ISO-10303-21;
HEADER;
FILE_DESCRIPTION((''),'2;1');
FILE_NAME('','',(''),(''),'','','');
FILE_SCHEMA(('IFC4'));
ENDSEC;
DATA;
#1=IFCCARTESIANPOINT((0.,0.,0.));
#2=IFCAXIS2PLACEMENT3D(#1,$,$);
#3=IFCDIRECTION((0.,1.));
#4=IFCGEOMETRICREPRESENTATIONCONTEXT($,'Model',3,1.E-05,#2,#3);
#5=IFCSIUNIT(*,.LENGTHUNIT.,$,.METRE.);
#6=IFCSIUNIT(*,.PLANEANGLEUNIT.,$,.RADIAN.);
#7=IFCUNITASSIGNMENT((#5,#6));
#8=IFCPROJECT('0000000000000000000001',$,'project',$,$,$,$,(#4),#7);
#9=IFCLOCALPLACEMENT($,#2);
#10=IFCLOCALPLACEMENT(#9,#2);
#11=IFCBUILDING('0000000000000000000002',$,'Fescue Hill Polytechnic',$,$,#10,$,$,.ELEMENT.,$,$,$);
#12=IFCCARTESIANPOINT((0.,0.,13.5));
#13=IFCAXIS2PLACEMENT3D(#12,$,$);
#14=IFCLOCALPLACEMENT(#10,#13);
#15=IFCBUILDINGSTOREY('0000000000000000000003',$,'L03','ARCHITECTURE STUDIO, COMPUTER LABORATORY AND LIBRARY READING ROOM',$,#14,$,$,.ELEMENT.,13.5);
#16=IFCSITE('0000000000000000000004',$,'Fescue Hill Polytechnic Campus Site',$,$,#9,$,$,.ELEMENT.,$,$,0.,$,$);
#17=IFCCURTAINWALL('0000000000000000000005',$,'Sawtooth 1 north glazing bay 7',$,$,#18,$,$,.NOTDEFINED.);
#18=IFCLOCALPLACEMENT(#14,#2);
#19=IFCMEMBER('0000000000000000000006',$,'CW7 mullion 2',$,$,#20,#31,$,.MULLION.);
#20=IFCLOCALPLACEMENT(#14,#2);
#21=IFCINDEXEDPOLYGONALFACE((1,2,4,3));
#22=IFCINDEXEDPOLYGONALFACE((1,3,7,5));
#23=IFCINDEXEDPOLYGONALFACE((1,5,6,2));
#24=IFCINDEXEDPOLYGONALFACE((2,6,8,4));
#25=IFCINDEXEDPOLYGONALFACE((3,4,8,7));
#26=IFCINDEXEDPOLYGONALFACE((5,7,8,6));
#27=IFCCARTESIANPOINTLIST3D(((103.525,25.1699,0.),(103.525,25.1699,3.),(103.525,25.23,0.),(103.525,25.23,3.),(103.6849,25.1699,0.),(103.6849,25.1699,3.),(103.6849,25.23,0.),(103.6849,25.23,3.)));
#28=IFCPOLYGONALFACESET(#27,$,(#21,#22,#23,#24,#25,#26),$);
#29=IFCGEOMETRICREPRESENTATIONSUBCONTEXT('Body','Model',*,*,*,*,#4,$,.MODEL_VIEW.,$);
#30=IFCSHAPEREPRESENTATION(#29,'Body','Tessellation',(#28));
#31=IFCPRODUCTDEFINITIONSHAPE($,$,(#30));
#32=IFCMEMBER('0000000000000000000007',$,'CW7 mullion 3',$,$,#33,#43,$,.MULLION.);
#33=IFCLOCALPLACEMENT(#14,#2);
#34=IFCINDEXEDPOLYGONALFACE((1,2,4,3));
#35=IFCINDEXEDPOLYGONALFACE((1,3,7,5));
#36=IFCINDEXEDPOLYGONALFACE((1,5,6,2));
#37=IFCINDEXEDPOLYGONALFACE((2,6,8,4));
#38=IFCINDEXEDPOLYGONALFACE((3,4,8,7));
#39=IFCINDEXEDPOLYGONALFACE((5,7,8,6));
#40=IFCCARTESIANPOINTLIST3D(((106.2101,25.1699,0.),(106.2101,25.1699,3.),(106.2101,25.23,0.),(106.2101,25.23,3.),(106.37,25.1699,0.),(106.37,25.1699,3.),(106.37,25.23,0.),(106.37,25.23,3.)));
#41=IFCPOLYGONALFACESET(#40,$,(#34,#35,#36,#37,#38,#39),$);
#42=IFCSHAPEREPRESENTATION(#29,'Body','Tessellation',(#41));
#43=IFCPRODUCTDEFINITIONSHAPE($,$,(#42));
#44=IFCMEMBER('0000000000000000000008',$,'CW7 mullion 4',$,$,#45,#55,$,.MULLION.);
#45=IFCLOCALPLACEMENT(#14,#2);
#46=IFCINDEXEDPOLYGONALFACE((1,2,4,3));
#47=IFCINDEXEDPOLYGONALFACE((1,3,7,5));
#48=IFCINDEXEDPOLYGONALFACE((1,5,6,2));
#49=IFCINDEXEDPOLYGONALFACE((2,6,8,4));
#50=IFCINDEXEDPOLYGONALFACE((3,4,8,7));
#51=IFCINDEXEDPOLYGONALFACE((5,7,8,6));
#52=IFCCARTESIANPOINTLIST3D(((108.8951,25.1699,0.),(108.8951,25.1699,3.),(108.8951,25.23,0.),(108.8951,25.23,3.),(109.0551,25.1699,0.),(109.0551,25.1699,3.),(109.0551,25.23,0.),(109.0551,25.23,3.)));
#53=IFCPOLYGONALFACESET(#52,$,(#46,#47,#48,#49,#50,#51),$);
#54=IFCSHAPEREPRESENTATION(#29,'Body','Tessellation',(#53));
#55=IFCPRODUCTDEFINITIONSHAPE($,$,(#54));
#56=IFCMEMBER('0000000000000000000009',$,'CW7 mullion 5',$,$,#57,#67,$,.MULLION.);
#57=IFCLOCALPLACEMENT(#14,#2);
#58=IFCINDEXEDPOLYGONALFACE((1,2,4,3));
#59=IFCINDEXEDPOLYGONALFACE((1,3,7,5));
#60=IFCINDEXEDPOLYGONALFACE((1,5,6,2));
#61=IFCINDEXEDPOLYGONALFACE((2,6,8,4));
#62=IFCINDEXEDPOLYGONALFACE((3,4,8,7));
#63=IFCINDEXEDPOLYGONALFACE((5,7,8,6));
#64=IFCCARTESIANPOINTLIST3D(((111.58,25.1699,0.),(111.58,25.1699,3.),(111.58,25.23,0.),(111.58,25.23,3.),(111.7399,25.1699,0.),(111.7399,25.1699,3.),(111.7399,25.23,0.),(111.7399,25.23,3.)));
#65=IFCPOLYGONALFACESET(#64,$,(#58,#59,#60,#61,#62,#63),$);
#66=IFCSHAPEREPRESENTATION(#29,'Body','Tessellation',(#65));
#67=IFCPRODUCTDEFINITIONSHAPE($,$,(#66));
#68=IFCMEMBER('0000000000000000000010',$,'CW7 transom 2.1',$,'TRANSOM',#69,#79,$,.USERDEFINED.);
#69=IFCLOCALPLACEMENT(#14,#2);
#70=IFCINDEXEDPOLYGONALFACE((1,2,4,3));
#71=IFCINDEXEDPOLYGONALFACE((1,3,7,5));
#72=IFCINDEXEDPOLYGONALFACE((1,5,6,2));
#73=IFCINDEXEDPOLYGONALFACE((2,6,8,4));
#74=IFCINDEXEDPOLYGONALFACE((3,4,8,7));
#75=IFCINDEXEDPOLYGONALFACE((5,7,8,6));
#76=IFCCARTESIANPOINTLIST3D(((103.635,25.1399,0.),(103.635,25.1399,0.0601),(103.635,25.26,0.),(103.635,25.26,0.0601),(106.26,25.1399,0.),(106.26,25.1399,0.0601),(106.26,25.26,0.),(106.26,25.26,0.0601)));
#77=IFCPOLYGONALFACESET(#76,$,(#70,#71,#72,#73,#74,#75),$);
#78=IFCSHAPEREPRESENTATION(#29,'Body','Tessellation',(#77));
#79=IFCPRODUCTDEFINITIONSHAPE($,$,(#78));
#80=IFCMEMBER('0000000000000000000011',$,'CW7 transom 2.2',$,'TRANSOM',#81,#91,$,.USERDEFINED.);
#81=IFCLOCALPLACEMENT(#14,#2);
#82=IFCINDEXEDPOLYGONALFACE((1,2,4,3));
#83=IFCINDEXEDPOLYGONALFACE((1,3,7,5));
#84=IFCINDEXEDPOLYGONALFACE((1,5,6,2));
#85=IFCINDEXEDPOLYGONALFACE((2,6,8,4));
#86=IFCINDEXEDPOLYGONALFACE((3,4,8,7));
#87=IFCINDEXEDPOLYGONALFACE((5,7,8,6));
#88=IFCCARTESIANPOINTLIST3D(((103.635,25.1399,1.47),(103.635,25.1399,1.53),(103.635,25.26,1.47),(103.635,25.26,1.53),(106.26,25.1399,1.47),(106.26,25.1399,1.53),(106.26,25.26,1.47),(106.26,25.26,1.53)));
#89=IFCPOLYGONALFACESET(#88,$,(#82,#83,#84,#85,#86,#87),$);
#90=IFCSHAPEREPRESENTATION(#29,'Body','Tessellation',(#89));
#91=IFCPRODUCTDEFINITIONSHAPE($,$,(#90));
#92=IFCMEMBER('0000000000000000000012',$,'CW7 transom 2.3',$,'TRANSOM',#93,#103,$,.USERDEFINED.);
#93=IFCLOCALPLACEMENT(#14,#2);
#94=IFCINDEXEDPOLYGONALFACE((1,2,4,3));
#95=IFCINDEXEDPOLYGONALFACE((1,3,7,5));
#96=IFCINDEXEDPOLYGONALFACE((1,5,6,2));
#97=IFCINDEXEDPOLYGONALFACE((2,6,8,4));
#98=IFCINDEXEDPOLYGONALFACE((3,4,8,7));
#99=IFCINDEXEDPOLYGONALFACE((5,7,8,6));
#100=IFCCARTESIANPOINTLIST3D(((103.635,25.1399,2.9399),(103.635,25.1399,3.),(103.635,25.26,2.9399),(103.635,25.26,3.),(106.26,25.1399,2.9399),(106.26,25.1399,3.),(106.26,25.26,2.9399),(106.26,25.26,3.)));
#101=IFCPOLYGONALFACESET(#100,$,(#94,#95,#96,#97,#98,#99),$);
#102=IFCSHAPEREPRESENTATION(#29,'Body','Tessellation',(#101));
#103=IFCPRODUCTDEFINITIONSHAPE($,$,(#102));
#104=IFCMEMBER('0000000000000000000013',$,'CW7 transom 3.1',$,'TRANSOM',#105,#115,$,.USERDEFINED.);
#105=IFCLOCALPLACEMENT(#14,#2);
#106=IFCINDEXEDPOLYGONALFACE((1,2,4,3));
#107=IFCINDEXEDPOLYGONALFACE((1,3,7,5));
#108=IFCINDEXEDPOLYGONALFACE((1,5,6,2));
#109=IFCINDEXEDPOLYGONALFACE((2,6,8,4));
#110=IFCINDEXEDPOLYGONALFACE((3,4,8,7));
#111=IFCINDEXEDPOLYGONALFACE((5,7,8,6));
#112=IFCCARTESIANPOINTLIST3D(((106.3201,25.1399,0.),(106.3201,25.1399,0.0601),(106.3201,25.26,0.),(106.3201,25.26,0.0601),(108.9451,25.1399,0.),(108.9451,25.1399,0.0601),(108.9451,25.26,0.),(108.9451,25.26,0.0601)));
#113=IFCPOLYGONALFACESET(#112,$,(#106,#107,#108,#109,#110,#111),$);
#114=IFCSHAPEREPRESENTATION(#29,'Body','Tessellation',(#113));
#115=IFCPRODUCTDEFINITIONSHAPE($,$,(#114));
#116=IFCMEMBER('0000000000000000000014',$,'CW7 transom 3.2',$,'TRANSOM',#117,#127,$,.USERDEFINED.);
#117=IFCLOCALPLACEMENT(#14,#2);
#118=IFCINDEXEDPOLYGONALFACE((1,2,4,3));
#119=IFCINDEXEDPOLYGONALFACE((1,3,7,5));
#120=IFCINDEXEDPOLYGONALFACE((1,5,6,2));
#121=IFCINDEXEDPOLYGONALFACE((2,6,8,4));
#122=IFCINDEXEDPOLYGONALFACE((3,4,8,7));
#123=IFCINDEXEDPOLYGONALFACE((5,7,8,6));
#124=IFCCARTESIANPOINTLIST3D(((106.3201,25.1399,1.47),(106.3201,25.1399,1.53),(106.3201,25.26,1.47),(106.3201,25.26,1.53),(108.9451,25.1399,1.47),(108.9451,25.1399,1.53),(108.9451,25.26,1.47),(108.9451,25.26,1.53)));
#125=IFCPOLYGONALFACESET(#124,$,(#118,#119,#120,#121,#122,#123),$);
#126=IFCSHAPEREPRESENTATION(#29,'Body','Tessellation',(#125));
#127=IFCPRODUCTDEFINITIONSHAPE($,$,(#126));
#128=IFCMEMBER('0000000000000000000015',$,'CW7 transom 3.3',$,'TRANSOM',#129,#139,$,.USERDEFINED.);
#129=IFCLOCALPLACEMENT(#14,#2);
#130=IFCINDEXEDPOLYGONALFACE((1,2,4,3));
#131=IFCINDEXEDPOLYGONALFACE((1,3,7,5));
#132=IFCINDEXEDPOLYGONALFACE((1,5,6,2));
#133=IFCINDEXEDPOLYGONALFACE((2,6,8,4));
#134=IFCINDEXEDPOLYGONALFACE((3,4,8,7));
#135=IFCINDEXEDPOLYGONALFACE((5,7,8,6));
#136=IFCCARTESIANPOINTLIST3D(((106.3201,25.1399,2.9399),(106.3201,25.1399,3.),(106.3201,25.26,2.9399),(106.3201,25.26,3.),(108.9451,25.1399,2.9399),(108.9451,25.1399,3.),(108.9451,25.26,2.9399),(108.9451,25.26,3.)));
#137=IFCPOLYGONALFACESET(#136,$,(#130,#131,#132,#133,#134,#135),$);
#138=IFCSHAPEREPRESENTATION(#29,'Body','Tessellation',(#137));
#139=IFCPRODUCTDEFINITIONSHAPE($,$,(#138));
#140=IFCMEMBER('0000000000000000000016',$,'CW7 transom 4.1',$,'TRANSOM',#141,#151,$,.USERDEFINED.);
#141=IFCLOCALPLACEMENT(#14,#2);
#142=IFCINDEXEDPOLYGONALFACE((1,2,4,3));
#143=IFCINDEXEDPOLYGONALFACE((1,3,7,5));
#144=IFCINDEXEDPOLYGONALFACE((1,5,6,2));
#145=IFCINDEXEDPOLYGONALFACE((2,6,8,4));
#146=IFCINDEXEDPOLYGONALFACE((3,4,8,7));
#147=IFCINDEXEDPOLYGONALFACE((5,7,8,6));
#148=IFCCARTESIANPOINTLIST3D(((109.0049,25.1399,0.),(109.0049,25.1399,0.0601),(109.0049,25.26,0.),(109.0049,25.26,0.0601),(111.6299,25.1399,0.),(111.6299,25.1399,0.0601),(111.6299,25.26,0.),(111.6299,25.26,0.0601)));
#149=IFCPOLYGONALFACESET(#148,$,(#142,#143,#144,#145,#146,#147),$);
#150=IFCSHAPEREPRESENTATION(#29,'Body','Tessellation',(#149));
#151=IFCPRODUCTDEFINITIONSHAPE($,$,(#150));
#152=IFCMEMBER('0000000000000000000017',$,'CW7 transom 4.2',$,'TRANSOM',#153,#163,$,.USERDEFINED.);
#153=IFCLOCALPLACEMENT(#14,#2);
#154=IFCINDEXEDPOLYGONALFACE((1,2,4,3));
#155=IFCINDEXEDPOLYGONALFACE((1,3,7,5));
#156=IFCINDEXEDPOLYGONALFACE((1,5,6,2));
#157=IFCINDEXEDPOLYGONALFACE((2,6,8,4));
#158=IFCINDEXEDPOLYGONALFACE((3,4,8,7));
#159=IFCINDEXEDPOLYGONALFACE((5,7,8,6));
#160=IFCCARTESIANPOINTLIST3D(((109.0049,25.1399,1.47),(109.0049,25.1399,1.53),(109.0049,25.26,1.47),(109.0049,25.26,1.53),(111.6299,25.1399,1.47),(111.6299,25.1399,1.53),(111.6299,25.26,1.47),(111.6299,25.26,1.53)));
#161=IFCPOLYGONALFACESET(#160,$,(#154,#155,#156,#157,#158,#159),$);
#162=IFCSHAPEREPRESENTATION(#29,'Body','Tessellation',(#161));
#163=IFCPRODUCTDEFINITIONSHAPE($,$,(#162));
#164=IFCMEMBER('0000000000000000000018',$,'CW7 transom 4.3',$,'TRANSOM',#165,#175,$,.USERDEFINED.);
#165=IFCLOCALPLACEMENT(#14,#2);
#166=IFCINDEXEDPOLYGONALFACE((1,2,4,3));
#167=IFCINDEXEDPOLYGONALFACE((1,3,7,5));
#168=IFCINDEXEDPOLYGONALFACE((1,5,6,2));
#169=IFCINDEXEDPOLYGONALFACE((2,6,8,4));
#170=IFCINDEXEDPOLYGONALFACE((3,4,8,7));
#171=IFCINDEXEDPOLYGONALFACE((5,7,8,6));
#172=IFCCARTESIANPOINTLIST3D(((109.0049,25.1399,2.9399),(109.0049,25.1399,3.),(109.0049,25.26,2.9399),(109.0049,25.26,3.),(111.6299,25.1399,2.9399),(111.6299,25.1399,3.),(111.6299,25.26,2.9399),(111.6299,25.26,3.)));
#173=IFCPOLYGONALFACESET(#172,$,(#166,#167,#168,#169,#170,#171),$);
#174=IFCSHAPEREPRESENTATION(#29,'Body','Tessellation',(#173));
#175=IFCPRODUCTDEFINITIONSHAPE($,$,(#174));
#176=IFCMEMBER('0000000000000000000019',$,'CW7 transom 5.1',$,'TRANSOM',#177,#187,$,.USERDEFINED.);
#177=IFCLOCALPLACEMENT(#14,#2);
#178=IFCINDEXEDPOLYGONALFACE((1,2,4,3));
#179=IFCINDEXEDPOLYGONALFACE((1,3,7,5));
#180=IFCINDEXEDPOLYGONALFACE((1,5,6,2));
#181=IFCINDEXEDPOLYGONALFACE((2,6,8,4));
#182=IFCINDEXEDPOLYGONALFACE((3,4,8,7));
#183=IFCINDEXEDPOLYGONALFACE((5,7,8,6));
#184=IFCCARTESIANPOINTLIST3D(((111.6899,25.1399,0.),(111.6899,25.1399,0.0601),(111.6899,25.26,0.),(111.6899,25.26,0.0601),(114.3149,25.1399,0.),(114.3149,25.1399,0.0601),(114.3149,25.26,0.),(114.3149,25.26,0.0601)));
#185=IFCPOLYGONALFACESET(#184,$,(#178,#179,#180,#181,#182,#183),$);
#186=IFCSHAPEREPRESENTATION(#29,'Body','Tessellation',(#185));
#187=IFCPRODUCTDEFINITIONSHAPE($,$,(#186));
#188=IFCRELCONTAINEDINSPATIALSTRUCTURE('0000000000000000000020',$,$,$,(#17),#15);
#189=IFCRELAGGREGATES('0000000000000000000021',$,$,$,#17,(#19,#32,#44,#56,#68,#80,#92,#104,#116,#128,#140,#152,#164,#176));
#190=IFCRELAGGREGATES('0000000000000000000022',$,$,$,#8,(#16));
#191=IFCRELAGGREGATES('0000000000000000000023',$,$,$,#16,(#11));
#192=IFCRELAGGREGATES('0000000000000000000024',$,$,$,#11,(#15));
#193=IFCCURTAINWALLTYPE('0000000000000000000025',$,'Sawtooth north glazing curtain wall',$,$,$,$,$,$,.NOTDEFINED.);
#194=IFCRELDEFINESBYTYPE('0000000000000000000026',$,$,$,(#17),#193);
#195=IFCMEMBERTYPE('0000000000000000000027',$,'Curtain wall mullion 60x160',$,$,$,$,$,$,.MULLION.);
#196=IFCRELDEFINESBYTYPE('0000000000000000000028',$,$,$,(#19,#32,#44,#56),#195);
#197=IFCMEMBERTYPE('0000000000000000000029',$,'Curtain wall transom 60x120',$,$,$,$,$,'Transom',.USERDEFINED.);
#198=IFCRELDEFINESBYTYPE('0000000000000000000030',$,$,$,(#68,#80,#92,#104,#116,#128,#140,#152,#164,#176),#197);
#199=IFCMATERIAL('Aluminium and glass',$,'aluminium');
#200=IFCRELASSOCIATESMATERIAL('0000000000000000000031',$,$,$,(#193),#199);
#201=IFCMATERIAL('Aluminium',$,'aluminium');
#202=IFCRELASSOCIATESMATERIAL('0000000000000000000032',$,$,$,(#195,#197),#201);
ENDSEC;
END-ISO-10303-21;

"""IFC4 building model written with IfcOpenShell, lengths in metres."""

from ifc_helpers import new_model, si_unit, direction, frame, origin, origin_2d, place, context, subcontext, project, spatial, rectangle, extrude, material, material_profile, profile_set, type_object, element, aggregate, save


model = new_model("IFC4")

# Units and contexts
model_context = context("Model", 3, precision=1e-05, world=origin(), true_north=direction((0.0, 1.0)))
body_context = subcontext(model_context, "Body", "Model", "MODEL_VIEW")
ifc_project = project(units=[si_unit("LENGTHUNIT", "METRE"), si_unit("PLANEANGLEUNIT", "RADIAN")], contexts=[model_context])

# Site, building, storey
site_placement = place(None, origin())
site = spatial("IfcSite", under=ifc_project, at=site_placement, Name="Fescue Hill Polytechnic Campus Site", CompositionType="ELEMENT", RefElevation=0.0)
building_placement = place(site_placement, origin())
building = spatial("IfcBuilding", under=site, at=building_placement, Name="Fescue Hill Polytechnic", CompositionType="ELEMENT")
storey_placement = place(building_placement, frame((0.0, 0.0, 13.5)))
storey = spatial("IfcBuildingStorey", under=building, at=storey_placement, Name="L03", Description="ARCHITECTURE STUDIO, COMPUTER LABORATORY AND LIBRARY READING ROOM", CompositionType="ELEMENT", Elevation=13.5)

# Curtain wall, members
ifc_material_1 = material(Name="Aluminium and glass", Category="aluminium")
curtain_wall_type = type_object("IfcCurtainWallType", Name="Sawtooth north glazing curtain wall", PredefinedType="NOTDEFINED", material=ifc_material_1)
curtain_wall_placement = place(storey_placement, origin())
curtain_wall = element("IfcCurtainWall", 1, at=curtain_wall_placement, inside=storey, type_object=curtain_wall_type, Name="Sawtooth 1 north glazing bay 7", PredefinedType="NOTDEFINED")
ifc_material_2 = material(Name="Aluminium", Category="aluminium")
ifc_material_profile_1 = material_profile(ifc_material_2, rectangle(XDim=0.0601, YDim=0.1599, at=origin_2d()), Name="Curtain wall mullion 60x160")
ifc_profile_set_1 = profile_set([ifc_material_profile_1], Name="Aluminium")
member_type_1 = type_object("IfcMemberType", Name="Curtain wall mullion 60x160", PredefinedType="MULLION", material=ifc_profile_set_1)
member_1_placement = place(storey_placement, frame((103.605, 25.2, 0.0), z_axis=(0.0, 0.0, 1.0), x_axis=(0.0, 1.0, 0.0)))
member_1 = element("IfcMember", 2, at=member_1_placement, type_object=member_type_1, Name="CW7 mullion 2", PredefinedType="MULLION", context=body_context, shape_type="SweptSolid", body=[
    extrude(rectangle(XDim=0.0601, YDim=0.1599, at=origin_2d()), origin(), (0.0, 0.0, 1.0), 3.0),
])
member_2_placement = place(storey_placement, frame((106.29, 25.2, 0.0), z_axis=(0.0, 0.0, 1.0), x_axis=(0.0, 1.0, 0.0)))
member_2 = element("IfcMember", 3, at=member_2_placement, type_object=member_type_1, Name="CW7 mullion 3", PredefinedType="MULLION", context=body_context, shape_type="SweptSolid", body=[
    extrude(rectangle(XDim=0.0601, YDim=0.1599, at=origin_2d()), origin(), (0.0, 0.0, 1.0), 3.0),
])
member_3_placement = place(storey_placement, frame((108.9751, 25.2, 0.0), z_axis=(0.0, 0.0, 1.0), x_axis=(0.0, 1.0, 0.0)))
member_3 = element("IfcMember", 4, at=member_3_placement, type_object=member_type_1, Name="CW7 mullion 4", PredefinedType="MULLION", context=body_context, shape_type="SweptSolid", body=[
    extrude(rectangle(XDim=0.0601, YDim=0.1599, at=origin_2d()), origin(), (0.0, 0.0, 1.0), 3.0),
])
member_4_placement = place(storey_placement, frame((111.6599, 25.2, 0.0), z_axis=(0.0, 0.0, 1.0), x_axis=(0.0, 1.0, 0.0)))
member_4 = element("IfcMember", 5, at=member_4_placement, type_object=member_type_1, Name="CW7 mullion 5", PredefinedType="MULLION", context=body_context, shape_type="SweptSolid", body=[
    extrude(rectangle(XDim=0.0601, YDim=0.1599, at=origin_2d()), origin(), (0.0, 0.0, 1.0), 3.0),
])
ifc_material_profile_2 = material_profile(ifc_material_2, rectangle(XDim=0.1201, YDim=0.0601, at=origin_2d()), Name="Curtain wall transom 60x120")
ifc_profile_set_2 = profile_set([ifc_material_profile_2], Name="Aluminium")
member_type_2 = type_object("IfcMemberType", Name="Curtain wall transom 60x120", ElementType="Transom", PredefinedType="USERDEFINED", material=ifc_profile_set_2)
member_5_placement = place(storey_placement, frame((103.635, 25.2, 0.03), z_axis=(1.0, 0.0, 0.0), x_axis=(0.0, 1.0, 0.0)))
member_5 = element("IfcMember", 6, at=member_5_placement, type_object=member_type_2, Name="CW7 transom 2.1", ObjectType="TRANSOM", PredefinedType="USERDEFINED", context=body_context, shape_type="SweptSolid", body=[
    extrude(rectangle(XDim=0.1201, YDim=0.0601, at=origin_2d()), origin(), (0.0, 0.0, 1.0), 2.625),
])
member_6_placement = place(storey_placement, frame((103.635, 25.2, 1.5), z_axis=(1.0, 0.0, 0.0), x_axis=(0.0, 1.0, 0.0)))
member_6 = element("IfcMember", 7, at=member_6_placement, type_object=member_type_2, Name="CW7 transom 2.2", ObjectType="TRANSOM", PredefinedType="USERDEFINED", context=body_context, shape_type="SweptSolid", body=[
    extrude(rectangle(XDim=0.1201, YDim=0.0601, at=origin_2d()), origin(), (0.0, 0.0, 1.0), 2.625),
])
member_7_placement = place(storey_placement, frame((103.635, 25.2, 2.97), z_axis=(1.0, 0.0, 0.0), x_axis=(0.0, 1.0, 0.0)))
member_7 = element("IfcMember", 8, at=member_7_placement, type_object=member_type_2, Name="CW7 transom 2.3", ObjectType="TRANSOM", PredefinedType="USERDEFINED", context=body_context, shape_type="SweptSolid", body=[
    extrude(rectangle(XDim=0.1201, YDim=0.0601, at=origin_2d()), origin(), (0.0, 0.0, 1.0), 2.625),
])
member_8_placement = place(storey_placement, frame((106.3201, 25.2, 0.03), z_axis=(1.0, 0.0, 0.0), x_axis=(0.0, 1.0, 0.0)))
member_8 = element("IfcMember", 9, at=member_8_placement, type_object=member_type_2, Name="CW7 transom 3.1", ObjectType="TRANSOM", PredefinedType="USERDEFINED", context=body_context, shape_type="SweptSolid", body=[
    extrude(rectangle(XDim=0.1201, YDim=0.0601, at=origin_2d()), origin(), (0.0, 0.0, 1.0), 2.625),
])
member_9_placement = place(storey_placement, frame((106.3201, 25.2, 1.5), z_axis=(1.0, 0.0, 0.0), x_axis=(0.0, 1.0, 0.0)))
member_9 = element("IfcMember", 10, at=member_9_placement, type_object=member_type_2, Name="CW7 transom 3.2", ObjectType="TRANSOM", PredefinedType="USERDEFINED", context=body_context, shape_type="SweptSolid", body=[
    extrude(rectangle(XDim=0.1201, YDim=0.0601, at=origin_2d()), origin(), (0.0, 0.0, 1.0), 2.625),
])
member_10_placement = place(storey_placement, frame((106.3201, 25.2, 2.97), z_axis=(1.0, 0.0, 0.0), x_axis=(0.0, 1.0, 0.0)))
member_10 = element("IfcMember", 11, at=member_10_placement, type_object=member_type_2, Name="CW7 transom 3.3", ObjectType="TRANSOM", PredefinedType="USERDEFINED", context=body_context, shape_type="SweptSolid", body=[
    extrude(rectangle(XDim=0.1201, YDim=0.0601, at=origin_2d()), origin(), (0.0, 0.0, 1.0), 2.625),
])
member_11_placement = place(storey_placement, frame((109.0049, 25.2, 0.03), z_axis=(1.0, 0.0, 0.0), x_axis=(0.0, 1.0, 0.0)))
member_11 = element("IfcMember", 12, at=member_11_placement, type_object=member_type_2, Name="CW7 transom 4.1", ObjectType="TRANSOM", PredefinedType="USERDEFINED", context=body_context, shape_type="SweptSolid", body=[
    extrude(rectangle(XDim=0.1201, YDim=0.0601, at=origin_2d()), origin(), (0.0, 0.0, 1.0), 2.625),
])
member_12_placement = place(storey_placement, frame((109.0049, 25.2, 1.5), z_axis=(1.0, 0.0, 0.0), x_axis=(0.0, 1.0, 0.0)))
member_12 = element("IfcMember", 13, at=member_12_placement, type_object=member_type_2, Name="CW7 transom 4.2", ObjectType="TRANSOM", PredefinedType="USERDEFINED", context=body_context, shape_type="SweptSolid", body=[
    extrude(rectangle(XDim=0.1201, YDim=0.0601, at=origin_2d()), origin(), (0.0, 0.0, 1.0), 2.625),
])
member_13_placement = place(storey_placement, frame((109.0049, 25.2, 2.97), z_axis=(1.0, 0.0, 0.0), x_axis=(0.0, 1.0, 0.0)))
member_13 = element("IfcMember", 14, at=member_13_placement, type_object=member_type_2, Name="CW7 transom 4.3", ObjectType="TRANSOM", PredefinedType="USERDEFINED", context=body_context, shape_type="SweptSolid", body=[
    extrude(rectangle(XDim=0.1201, YDim=0.0601, at=origin_2d()), origin(), (0.0, 0.0, 1.0), 2.625),
])
member_14_placement = place(storey_placement, frame((111.6899, 25.2, 0.03), z_axis=(1.0, 0.0, 0.0), x_axis=(0.0, 1.0, 0.0)))
member_14 = element("IfcMember", 15, at=member_14_placement, type_object=member_type_2, Name="CW7 transom 5.1", ObjectType="TRANSOM", PredefinedType="USERDEFINED", context=body_context, shape_type="SweptSolid", body=[
    extrude(rectangle(XDim=0.1201, YDim=0.0601, at=origin_2d()), origin(), (0.0, 0.0, 1.0), 2.625),
])
aggregate(curtain_wall, [member_1, member_2, member_3, member_4, member_5, member_6, member_7, member_8, member_9, member_10, member_11, member_12, member_13, member_14])

save(model, "model.ifc")
